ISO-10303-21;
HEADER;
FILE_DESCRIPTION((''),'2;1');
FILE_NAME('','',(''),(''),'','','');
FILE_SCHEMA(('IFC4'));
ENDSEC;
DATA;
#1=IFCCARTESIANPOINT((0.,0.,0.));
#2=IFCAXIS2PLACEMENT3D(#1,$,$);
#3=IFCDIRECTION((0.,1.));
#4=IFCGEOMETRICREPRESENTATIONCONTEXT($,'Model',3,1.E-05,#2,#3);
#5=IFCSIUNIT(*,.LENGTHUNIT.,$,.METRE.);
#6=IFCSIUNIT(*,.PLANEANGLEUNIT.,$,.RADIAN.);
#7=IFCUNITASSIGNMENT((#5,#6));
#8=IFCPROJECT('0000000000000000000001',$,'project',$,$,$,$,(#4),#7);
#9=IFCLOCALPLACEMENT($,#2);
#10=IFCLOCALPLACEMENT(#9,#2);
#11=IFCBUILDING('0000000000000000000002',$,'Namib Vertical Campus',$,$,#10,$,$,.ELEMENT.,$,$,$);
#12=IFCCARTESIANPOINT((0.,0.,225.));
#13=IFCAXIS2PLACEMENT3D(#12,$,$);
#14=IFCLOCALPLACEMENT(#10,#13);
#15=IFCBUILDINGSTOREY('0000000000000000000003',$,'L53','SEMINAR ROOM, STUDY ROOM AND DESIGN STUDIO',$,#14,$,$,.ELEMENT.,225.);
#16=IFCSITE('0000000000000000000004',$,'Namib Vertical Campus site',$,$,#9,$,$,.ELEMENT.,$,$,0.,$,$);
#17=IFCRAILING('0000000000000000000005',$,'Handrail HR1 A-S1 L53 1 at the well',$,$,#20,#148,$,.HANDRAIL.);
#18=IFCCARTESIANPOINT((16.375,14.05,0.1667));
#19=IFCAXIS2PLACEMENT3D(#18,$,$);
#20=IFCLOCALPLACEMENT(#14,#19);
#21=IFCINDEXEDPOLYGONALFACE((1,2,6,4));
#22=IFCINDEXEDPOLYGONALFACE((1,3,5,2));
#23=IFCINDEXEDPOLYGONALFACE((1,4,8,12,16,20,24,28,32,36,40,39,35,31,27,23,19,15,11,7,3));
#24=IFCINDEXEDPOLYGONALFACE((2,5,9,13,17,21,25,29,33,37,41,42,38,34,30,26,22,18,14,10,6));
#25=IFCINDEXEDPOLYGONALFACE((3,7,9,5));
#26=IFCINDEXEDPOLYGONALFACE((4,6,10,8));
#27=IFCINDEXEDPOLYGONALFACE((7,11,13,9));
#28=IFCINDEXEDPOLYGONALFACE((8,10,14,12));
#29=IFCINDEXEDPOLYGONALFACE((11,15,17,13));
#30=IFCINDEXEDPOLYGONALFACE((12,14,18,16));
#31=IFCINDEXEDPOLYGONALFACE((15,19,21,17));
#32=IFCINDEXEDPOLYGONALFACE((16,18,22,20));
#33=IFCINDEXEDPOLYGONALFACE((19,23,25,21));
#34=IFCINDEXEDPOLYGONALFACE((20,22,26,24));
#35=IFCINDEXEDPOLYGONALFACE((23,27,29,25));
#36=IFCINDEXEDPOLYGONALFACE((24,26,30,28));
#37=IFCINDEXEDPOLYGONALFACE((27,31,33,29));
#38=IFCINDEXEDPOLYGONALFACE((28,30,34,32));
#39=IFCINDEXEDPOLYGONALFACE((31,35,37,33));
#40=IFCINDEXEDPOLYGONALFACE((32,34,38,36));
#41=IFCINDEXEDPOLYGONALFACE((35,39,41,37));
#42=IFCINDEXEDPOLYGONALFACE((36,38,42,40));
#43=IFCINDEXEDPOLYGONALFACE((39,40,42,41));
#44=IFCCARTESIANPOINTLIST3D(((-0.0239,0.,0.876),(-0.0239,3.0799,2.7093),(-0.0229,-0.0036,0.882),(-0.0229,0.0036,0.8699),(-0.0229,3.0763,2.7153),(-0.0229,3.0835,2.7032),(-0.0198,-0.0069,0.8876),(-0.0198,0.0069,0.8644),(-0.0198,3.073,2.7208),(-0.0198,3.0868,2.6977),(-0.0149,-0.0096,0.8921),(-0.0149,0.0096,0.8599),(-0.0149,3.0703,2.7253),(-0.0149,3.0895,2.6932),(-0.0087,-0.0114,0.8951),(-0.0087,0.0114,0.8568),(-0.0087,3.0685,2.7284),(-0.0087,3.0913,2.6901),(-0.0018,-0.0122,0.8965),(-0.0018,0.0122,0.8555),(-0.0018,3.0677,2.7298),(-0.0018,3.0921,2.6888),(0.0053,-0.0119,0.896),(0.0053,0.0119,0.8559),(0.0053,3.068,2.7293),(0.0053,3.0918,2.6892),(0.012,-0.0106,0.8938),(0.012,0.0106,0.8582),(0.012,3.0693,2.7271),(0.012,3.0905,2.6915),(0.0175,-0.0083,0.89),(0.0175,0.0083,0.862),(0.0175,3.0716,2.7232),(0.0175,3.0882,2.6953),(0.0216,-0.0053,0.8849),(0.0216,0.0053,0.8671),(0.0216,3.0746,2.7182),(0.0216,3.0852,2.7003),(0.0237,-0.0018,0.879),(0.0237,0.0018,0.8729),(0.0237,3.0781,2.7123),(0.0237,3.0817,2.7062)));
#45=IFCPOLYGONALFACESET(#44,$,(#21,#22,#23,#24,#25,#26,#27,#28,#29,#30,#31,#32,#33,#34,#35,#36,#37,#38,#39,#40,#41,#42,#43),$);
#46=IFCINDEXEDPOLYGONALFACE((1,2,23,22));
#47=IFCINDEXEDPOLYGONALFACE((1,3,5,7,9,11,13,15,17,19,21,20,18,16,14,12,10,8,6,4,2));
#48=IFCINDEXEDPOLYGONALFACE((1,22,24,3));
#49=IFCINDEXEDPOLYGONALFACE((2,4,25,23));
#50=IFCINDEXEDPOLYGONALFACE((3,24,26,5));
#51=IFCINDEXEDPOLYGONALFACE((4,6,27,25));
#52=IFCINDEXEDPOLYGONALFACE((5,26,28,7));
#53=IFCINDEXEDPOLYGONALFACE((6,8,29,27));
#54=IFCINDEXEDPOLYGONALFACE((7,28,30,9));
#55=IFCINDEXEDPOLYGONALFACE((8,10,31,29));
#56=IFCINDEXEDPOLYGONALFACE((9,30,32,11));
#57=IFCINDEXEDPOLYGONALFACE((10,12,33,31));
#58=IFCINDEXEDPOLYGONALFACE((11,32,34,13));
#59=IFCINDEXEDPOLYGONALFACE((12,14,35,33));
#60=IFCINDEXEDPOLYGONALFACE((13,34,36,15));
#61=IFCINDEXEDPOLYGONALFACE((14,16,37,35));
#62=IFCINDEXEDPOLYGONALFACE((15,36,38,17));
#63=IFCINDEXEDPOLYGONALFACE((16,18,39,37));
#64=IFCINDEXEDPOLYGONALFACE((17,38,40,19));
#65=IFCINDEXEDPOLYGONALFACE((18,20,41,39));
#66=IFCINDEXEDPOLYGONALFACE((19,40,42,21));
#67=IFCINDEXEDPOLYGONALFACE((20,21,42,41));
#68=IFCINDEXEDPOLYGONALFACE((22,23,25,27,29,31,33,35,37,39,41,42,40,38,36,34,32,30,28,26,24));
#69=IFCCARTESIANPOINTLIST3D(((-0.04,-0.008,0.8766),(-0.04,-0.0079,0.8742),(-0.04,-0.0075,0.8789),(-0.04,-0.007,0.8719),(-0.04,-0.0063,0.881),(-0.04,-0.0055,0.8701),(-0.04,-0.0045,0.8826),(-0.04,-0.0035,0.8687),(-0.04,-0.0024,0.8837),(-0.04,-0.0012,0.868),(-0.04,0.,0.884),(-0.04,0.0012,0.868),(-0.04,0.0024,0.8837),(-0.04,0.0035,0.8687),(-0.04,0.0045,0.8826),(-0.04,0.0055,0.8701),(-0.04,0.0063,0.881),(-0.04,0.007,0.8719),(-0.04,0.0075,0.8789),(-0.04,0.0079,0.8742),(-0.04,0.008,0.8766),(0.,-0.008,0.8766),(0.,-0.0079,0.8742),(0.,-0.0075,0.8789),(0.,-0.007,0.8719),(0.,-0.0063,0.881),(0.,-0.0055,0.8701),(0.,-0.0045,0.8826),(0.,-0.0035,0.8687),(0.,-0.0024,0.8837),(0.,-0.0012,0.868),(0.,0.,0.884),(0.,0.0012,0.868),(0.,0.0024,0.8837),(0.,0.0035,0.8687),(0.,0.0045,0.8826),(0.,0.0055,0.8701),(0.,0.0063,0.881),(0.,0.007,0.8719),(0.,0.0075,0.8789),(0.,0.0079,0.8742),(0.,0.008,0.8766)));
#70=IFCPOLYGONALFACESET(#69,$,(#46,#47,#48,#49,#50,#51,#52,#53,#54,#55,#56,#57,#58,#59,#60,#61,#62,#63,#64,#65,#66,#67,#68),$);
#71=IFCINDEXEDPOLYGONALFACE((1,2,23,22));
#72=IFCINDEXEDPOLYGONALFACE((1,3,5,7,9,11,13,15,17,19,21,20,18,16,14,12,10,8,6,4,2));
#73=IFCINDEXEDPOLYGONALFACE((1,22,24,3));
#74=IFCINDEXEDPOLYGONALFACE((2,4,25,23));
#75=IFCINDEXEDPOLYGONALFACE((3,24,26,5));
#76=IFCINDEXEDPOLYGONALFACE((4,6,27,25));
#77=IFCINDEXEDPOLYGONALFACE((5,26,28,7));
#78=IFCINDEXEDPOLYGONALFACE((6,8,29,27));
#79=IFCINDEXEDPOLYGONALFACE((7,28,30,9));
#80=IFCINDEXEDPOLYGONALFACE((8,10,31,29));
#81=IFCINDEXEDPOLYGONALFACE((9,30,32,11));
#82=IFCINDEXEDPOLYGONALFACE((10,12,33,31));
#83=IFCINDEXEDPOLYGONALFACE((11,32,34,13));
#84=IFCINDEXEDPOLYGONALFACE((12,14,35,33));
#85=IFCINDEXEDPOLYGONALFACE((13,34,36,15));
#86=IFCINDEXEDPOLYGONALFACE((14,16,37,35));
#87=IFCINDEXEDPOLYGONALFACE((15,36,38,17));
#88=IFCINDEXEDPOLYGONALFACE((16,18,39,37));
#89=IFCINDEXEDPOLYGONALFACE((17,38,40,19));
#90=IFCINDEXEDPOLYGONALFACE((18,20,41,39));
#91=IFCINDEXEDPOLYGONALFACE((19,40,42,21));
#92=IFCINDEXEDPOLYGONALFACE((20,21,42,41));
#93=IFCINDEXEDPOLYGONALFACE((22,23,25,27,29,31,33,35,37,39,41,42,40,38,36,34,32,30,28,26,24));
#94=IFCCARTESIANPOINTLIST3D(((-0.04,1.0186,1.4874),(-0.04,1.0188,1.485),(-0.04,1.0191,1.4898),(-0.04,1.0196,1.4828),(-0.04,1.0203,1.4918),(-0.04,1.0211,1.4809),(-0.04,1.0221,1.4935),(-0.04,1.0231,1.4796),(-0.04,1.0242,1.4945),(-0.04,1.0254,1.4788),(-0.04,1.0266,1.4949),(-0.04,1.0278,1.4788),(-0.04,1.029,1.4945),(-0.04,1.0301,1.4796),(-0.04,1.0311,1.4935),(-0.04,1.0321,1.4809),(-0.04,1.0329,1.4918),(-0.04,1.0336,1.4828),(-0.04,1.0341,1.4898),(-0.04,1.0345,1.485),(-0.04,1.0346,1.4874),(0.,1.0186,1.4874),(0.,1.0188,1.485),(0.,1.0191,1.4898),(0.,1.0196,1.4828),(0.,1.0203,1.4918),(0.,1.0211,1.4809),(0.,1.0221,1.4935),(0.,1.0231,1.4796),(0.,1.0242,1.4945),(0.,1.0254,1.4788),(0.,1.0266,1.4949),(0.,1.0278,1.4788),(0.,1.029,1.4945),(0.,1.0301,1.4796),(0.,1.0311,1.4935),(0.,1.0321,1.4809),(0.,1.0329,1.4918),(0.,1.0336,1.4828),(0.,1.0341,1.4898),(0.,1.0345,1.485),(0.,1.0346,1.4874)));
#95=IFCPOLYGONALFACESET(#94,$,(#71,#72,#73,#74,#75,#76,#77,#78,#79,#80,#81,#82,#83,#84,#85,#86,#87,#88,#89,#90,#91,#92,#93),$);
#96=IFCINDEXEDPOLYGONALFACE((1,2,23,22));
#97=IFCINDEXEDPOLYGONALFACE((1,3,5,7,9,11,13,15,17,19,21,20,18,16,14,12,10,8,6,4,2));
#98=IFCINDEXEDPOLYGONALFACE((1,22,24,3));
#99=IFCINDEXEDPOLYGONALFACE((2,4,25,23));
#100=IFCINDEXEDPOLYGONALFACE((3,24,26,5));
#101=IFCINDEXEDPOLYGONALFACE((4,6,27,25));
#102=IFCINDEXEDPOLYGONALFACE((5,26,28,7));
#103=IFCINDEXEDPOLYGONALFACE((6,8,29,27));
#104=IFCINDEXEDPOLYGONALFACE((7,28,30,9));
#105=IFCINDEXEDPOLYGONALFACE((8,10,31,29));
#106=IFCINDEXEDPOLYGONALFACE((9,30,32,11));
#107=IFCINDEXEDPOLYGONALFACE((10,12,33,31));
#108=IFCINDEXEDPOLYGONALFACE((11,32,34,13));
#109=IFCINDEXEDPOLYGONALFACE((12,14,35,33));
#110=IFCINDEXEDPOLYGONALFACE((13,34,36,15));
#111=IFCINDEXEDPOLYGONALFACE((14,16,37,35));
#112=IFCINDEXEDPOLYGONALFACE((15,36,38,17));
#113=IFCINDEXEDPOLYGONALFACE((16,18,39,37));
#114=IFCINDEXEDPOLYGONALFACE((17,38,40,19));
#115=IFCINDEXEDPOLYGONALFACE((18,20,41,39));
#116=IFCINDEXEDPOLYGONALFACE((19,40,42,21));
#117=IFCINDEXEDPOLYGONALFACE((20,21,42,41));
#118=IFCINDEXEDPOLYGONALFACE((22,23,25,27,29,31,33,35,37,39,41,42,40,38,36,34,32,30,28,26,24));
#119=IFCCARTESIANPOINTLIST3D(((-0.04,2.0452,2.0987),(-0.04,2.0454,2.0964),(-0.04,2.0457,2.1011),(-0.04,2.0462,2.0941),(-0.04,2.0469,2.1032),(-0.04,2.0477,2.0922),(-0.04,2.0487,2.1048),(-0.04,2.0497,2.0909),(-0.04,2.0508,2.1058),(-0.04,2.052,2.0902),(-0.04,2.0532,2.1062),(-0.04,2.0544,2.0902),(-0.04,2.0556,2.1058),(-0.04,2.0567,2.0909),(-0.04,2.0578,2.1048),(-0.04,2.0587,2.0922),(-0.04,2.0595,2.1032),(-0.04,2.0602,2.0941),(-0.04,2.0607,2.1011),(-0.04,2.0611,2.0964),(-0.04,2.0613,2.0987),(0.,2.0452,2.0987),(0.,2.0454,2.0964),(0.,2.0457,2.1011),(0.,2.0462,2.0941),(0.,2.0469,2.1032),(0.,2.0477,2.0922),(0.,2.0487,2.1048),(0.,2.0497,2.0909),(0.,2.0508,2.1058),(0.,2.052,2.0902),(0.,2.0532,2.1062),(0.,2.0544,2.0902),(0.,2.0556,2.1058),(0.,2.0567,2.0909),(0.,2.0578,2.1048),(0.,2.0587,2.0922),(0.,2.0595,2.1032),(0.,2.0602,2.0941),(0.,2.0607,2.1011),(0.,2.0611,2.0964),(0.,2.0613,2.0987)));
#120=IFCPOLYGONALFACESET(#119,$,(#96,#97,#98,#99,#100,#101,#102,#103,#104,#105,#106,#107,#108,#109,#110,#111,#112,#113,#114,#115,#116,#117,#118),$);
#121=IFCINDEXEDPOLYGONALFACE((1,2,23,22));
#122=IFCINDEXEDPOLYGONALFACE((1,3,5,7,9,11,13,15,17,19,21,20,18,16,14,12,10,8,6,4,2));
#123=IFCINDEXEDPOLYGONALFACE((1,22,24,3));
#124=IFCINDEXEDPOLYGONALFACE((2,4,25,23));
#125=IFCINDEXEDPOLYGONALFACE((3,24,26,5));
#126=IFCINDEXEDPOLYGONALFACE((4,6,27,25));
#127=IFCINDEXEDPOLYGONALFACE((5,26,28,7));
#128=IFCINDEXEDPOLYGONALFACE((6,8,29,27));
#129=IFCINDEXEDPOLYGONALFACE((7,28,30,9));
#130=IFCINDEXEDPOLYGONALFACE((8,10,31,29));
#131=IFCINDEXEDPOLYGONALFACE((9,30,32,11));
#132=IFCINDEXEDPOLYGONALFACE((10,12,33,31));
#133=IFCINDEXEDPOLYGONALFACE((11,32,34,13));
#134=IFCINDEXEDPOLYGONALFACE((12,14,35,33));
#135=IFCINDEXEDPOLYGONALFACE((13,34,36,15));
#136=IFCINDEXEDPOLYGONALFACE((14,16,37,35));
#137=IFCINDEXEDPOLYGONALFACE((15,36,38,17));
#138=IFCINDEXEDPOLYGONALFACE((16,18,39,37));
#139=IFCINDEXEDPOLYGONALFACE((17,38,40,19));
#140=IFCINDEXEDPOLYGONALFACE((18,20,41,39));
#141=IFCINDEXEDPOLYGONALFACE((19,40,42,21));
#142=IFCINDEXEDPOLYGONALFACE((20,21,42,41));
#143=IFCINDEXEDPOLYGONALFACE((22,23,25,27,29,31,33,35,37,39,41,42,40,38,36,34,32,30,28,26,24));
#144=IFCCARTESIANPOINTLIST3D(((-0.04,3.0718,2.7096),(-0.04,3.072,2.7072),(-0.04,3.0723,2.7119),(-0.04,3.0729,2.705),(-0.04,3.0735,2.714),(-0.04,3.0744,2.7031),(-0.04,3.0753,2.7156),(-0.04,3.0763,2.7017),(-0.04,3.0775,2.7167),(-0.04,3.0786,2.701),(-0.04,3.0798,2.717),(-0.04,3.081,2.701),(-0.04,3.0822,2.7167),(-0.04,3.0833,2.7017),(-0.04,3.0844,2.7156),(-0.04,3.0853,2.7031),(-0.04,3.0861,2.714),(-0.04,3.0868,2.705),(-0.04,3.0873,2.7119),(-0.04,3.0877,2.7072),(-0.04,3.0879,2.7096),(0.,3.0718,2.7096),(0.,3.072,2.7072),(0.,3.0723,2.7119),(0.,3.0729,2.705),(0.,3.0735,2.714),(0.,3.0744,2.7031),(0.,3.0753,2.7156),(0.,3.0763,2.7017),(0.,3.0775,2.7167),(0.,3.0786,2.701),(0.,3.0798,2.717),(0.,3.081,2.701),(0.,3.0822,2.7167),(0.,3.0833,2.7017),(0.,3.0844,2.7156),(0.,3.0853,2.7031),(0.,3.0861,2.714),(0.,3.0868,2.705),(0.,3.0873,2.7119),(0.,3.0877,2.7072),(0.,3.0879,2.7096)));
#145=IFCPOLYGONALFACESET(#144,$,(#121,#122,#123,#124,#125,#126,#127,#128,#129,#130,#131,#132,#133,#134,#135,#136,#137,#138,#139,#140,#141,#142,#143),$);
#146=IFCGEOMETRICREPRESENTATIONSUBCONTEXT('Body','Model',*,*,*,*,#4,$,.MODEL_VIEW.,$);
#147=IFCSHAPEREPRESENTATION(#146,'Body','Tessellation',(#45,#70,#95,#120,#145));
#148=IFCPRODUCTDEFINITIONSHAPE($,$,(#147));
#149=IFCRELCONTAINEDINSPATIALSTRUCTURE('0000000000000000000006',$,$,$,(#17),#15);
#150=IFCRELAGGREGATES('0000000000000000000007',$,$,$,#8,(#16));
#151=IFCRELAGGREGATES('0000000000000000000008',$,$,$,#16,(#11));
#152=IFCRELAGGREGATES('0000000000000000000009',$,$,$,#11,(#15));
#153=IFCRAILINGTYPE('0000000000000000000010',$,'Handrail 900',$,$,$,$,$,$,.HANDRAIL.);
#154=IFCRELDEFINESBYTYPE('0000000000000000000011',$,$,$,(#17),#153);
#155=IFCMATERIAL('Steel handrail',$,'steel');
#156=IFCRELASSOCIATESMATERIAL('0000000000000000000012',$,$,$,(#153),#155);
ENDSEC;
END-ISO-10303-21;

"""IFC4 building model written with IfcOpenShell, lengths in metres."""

from ifc_helpers import new_model, si_unit, direction, frame, origin, origin_2d, place, context, subcontext, project, spatial, circle, extrude, material, type_object, element, save


model = new_model("IFC4")

# Units and contexts
model_context = context("Model", 3, precision=1e-05, world=origin(), true_north=direction((0.0, 1.0)))
body_context = subcontext(model_context, "Body", "Model", "MODEL_VIEW")
ifc_project = project(units=[si_unit("LENGTHUNIT", "METRE"), si_unit("PLANEANGLEUNIT", "RADIAN")], contexts=[model_context])

# Site, building, storey
site_placement = place(None, origin())
site = spatial("IfcSite", under=ifc_project, at=site_placement, Name="Namib Vertical Campus site", CompositionType="ELEMENT", RefElevation=0.0)
building_placement = place(site_placement, origin())
building = spatial("IfcBuilding", under=site, at=building_placement, Name="Namib Vertical Campus", CompositionType="ELEMENT")
storey_placement = place(building_placement, frame((0.0, 0.0, 225.0)))
storey = spatial("IfcBuildingStorey", under=building, at=storey_placement, Name="L53", Description="SEMINAR ROOM, STUDY ROOM AND DESIGN STUDIO", CompositionType="ELEMENT", Elevation=225.0)

# Railing
ifc_material_1 = material(Name="Steel handrail", Category="steel")
railing_type_1 = type_object("IfcRailingType", Name="Handrail 900", PredefinedType="HANDRAIL", material=ifc_material_1)
railing_1_placement = place(storey_placement, frame((16.375, 14.05, 0.1667)))
element("IfcRailing", 1, at=railing_1_placement, inside=storey, type_object=railing_type_1, Name="Handrail HR1 A-S1 L53 1 at the well", PredefinedType="HANDRAIL", context=body_context, shape_type="SweptSolid", body=[
    extrude(circle(Radius=0.0239, at=origin_2d()), frame((0.0, 0.0, 0.876), z_axis=(0.0, 0.859291, 0.511487), x_axis=(-1.0, 0.0, 0.0)), (0.0, 0.0, 1.0), 3.5842),
    extrude(circle(Radius=0.0081, at=origin_2d()), frame((0.0, 0.0, 0.876), z_axis=(-1.0, 0.0, 0.0), x_axis=(0.0, 0.0, 1.0)), (0.0, 0.0, 1.0), 0.04),
    extrude(circle(Radius=0.0081, at=origin_2d()), frame((0.0, 1.0266, 1.4868), z_axis=(-1.0, 0.0, 0.0), x_axis=(0.0, 0.0, 1.0)), (0.0, 0.0, 1.0), 0.04),
    extrude(circle(Radius=0.0081, at=origin_2d()), frame((0.0, 2.0532, 2.0981), z_axis=(-1.0, 0.0, 0.0), x_axis=(0.0, 0.0, 1.0)), (0.0, 0.0, 1.0), 0.04),
    extrude(circle(Radius=0.0081, at=origin_2d()), frame((0.0, 3.0798, 2.709), z_axis=(-1.0, 0.0, 0.0), x_axis=(0.0, 0.0, 1.0)), (0.0, 0.0, 1.0), 0.04),
])

save(model, "model.ifc")
